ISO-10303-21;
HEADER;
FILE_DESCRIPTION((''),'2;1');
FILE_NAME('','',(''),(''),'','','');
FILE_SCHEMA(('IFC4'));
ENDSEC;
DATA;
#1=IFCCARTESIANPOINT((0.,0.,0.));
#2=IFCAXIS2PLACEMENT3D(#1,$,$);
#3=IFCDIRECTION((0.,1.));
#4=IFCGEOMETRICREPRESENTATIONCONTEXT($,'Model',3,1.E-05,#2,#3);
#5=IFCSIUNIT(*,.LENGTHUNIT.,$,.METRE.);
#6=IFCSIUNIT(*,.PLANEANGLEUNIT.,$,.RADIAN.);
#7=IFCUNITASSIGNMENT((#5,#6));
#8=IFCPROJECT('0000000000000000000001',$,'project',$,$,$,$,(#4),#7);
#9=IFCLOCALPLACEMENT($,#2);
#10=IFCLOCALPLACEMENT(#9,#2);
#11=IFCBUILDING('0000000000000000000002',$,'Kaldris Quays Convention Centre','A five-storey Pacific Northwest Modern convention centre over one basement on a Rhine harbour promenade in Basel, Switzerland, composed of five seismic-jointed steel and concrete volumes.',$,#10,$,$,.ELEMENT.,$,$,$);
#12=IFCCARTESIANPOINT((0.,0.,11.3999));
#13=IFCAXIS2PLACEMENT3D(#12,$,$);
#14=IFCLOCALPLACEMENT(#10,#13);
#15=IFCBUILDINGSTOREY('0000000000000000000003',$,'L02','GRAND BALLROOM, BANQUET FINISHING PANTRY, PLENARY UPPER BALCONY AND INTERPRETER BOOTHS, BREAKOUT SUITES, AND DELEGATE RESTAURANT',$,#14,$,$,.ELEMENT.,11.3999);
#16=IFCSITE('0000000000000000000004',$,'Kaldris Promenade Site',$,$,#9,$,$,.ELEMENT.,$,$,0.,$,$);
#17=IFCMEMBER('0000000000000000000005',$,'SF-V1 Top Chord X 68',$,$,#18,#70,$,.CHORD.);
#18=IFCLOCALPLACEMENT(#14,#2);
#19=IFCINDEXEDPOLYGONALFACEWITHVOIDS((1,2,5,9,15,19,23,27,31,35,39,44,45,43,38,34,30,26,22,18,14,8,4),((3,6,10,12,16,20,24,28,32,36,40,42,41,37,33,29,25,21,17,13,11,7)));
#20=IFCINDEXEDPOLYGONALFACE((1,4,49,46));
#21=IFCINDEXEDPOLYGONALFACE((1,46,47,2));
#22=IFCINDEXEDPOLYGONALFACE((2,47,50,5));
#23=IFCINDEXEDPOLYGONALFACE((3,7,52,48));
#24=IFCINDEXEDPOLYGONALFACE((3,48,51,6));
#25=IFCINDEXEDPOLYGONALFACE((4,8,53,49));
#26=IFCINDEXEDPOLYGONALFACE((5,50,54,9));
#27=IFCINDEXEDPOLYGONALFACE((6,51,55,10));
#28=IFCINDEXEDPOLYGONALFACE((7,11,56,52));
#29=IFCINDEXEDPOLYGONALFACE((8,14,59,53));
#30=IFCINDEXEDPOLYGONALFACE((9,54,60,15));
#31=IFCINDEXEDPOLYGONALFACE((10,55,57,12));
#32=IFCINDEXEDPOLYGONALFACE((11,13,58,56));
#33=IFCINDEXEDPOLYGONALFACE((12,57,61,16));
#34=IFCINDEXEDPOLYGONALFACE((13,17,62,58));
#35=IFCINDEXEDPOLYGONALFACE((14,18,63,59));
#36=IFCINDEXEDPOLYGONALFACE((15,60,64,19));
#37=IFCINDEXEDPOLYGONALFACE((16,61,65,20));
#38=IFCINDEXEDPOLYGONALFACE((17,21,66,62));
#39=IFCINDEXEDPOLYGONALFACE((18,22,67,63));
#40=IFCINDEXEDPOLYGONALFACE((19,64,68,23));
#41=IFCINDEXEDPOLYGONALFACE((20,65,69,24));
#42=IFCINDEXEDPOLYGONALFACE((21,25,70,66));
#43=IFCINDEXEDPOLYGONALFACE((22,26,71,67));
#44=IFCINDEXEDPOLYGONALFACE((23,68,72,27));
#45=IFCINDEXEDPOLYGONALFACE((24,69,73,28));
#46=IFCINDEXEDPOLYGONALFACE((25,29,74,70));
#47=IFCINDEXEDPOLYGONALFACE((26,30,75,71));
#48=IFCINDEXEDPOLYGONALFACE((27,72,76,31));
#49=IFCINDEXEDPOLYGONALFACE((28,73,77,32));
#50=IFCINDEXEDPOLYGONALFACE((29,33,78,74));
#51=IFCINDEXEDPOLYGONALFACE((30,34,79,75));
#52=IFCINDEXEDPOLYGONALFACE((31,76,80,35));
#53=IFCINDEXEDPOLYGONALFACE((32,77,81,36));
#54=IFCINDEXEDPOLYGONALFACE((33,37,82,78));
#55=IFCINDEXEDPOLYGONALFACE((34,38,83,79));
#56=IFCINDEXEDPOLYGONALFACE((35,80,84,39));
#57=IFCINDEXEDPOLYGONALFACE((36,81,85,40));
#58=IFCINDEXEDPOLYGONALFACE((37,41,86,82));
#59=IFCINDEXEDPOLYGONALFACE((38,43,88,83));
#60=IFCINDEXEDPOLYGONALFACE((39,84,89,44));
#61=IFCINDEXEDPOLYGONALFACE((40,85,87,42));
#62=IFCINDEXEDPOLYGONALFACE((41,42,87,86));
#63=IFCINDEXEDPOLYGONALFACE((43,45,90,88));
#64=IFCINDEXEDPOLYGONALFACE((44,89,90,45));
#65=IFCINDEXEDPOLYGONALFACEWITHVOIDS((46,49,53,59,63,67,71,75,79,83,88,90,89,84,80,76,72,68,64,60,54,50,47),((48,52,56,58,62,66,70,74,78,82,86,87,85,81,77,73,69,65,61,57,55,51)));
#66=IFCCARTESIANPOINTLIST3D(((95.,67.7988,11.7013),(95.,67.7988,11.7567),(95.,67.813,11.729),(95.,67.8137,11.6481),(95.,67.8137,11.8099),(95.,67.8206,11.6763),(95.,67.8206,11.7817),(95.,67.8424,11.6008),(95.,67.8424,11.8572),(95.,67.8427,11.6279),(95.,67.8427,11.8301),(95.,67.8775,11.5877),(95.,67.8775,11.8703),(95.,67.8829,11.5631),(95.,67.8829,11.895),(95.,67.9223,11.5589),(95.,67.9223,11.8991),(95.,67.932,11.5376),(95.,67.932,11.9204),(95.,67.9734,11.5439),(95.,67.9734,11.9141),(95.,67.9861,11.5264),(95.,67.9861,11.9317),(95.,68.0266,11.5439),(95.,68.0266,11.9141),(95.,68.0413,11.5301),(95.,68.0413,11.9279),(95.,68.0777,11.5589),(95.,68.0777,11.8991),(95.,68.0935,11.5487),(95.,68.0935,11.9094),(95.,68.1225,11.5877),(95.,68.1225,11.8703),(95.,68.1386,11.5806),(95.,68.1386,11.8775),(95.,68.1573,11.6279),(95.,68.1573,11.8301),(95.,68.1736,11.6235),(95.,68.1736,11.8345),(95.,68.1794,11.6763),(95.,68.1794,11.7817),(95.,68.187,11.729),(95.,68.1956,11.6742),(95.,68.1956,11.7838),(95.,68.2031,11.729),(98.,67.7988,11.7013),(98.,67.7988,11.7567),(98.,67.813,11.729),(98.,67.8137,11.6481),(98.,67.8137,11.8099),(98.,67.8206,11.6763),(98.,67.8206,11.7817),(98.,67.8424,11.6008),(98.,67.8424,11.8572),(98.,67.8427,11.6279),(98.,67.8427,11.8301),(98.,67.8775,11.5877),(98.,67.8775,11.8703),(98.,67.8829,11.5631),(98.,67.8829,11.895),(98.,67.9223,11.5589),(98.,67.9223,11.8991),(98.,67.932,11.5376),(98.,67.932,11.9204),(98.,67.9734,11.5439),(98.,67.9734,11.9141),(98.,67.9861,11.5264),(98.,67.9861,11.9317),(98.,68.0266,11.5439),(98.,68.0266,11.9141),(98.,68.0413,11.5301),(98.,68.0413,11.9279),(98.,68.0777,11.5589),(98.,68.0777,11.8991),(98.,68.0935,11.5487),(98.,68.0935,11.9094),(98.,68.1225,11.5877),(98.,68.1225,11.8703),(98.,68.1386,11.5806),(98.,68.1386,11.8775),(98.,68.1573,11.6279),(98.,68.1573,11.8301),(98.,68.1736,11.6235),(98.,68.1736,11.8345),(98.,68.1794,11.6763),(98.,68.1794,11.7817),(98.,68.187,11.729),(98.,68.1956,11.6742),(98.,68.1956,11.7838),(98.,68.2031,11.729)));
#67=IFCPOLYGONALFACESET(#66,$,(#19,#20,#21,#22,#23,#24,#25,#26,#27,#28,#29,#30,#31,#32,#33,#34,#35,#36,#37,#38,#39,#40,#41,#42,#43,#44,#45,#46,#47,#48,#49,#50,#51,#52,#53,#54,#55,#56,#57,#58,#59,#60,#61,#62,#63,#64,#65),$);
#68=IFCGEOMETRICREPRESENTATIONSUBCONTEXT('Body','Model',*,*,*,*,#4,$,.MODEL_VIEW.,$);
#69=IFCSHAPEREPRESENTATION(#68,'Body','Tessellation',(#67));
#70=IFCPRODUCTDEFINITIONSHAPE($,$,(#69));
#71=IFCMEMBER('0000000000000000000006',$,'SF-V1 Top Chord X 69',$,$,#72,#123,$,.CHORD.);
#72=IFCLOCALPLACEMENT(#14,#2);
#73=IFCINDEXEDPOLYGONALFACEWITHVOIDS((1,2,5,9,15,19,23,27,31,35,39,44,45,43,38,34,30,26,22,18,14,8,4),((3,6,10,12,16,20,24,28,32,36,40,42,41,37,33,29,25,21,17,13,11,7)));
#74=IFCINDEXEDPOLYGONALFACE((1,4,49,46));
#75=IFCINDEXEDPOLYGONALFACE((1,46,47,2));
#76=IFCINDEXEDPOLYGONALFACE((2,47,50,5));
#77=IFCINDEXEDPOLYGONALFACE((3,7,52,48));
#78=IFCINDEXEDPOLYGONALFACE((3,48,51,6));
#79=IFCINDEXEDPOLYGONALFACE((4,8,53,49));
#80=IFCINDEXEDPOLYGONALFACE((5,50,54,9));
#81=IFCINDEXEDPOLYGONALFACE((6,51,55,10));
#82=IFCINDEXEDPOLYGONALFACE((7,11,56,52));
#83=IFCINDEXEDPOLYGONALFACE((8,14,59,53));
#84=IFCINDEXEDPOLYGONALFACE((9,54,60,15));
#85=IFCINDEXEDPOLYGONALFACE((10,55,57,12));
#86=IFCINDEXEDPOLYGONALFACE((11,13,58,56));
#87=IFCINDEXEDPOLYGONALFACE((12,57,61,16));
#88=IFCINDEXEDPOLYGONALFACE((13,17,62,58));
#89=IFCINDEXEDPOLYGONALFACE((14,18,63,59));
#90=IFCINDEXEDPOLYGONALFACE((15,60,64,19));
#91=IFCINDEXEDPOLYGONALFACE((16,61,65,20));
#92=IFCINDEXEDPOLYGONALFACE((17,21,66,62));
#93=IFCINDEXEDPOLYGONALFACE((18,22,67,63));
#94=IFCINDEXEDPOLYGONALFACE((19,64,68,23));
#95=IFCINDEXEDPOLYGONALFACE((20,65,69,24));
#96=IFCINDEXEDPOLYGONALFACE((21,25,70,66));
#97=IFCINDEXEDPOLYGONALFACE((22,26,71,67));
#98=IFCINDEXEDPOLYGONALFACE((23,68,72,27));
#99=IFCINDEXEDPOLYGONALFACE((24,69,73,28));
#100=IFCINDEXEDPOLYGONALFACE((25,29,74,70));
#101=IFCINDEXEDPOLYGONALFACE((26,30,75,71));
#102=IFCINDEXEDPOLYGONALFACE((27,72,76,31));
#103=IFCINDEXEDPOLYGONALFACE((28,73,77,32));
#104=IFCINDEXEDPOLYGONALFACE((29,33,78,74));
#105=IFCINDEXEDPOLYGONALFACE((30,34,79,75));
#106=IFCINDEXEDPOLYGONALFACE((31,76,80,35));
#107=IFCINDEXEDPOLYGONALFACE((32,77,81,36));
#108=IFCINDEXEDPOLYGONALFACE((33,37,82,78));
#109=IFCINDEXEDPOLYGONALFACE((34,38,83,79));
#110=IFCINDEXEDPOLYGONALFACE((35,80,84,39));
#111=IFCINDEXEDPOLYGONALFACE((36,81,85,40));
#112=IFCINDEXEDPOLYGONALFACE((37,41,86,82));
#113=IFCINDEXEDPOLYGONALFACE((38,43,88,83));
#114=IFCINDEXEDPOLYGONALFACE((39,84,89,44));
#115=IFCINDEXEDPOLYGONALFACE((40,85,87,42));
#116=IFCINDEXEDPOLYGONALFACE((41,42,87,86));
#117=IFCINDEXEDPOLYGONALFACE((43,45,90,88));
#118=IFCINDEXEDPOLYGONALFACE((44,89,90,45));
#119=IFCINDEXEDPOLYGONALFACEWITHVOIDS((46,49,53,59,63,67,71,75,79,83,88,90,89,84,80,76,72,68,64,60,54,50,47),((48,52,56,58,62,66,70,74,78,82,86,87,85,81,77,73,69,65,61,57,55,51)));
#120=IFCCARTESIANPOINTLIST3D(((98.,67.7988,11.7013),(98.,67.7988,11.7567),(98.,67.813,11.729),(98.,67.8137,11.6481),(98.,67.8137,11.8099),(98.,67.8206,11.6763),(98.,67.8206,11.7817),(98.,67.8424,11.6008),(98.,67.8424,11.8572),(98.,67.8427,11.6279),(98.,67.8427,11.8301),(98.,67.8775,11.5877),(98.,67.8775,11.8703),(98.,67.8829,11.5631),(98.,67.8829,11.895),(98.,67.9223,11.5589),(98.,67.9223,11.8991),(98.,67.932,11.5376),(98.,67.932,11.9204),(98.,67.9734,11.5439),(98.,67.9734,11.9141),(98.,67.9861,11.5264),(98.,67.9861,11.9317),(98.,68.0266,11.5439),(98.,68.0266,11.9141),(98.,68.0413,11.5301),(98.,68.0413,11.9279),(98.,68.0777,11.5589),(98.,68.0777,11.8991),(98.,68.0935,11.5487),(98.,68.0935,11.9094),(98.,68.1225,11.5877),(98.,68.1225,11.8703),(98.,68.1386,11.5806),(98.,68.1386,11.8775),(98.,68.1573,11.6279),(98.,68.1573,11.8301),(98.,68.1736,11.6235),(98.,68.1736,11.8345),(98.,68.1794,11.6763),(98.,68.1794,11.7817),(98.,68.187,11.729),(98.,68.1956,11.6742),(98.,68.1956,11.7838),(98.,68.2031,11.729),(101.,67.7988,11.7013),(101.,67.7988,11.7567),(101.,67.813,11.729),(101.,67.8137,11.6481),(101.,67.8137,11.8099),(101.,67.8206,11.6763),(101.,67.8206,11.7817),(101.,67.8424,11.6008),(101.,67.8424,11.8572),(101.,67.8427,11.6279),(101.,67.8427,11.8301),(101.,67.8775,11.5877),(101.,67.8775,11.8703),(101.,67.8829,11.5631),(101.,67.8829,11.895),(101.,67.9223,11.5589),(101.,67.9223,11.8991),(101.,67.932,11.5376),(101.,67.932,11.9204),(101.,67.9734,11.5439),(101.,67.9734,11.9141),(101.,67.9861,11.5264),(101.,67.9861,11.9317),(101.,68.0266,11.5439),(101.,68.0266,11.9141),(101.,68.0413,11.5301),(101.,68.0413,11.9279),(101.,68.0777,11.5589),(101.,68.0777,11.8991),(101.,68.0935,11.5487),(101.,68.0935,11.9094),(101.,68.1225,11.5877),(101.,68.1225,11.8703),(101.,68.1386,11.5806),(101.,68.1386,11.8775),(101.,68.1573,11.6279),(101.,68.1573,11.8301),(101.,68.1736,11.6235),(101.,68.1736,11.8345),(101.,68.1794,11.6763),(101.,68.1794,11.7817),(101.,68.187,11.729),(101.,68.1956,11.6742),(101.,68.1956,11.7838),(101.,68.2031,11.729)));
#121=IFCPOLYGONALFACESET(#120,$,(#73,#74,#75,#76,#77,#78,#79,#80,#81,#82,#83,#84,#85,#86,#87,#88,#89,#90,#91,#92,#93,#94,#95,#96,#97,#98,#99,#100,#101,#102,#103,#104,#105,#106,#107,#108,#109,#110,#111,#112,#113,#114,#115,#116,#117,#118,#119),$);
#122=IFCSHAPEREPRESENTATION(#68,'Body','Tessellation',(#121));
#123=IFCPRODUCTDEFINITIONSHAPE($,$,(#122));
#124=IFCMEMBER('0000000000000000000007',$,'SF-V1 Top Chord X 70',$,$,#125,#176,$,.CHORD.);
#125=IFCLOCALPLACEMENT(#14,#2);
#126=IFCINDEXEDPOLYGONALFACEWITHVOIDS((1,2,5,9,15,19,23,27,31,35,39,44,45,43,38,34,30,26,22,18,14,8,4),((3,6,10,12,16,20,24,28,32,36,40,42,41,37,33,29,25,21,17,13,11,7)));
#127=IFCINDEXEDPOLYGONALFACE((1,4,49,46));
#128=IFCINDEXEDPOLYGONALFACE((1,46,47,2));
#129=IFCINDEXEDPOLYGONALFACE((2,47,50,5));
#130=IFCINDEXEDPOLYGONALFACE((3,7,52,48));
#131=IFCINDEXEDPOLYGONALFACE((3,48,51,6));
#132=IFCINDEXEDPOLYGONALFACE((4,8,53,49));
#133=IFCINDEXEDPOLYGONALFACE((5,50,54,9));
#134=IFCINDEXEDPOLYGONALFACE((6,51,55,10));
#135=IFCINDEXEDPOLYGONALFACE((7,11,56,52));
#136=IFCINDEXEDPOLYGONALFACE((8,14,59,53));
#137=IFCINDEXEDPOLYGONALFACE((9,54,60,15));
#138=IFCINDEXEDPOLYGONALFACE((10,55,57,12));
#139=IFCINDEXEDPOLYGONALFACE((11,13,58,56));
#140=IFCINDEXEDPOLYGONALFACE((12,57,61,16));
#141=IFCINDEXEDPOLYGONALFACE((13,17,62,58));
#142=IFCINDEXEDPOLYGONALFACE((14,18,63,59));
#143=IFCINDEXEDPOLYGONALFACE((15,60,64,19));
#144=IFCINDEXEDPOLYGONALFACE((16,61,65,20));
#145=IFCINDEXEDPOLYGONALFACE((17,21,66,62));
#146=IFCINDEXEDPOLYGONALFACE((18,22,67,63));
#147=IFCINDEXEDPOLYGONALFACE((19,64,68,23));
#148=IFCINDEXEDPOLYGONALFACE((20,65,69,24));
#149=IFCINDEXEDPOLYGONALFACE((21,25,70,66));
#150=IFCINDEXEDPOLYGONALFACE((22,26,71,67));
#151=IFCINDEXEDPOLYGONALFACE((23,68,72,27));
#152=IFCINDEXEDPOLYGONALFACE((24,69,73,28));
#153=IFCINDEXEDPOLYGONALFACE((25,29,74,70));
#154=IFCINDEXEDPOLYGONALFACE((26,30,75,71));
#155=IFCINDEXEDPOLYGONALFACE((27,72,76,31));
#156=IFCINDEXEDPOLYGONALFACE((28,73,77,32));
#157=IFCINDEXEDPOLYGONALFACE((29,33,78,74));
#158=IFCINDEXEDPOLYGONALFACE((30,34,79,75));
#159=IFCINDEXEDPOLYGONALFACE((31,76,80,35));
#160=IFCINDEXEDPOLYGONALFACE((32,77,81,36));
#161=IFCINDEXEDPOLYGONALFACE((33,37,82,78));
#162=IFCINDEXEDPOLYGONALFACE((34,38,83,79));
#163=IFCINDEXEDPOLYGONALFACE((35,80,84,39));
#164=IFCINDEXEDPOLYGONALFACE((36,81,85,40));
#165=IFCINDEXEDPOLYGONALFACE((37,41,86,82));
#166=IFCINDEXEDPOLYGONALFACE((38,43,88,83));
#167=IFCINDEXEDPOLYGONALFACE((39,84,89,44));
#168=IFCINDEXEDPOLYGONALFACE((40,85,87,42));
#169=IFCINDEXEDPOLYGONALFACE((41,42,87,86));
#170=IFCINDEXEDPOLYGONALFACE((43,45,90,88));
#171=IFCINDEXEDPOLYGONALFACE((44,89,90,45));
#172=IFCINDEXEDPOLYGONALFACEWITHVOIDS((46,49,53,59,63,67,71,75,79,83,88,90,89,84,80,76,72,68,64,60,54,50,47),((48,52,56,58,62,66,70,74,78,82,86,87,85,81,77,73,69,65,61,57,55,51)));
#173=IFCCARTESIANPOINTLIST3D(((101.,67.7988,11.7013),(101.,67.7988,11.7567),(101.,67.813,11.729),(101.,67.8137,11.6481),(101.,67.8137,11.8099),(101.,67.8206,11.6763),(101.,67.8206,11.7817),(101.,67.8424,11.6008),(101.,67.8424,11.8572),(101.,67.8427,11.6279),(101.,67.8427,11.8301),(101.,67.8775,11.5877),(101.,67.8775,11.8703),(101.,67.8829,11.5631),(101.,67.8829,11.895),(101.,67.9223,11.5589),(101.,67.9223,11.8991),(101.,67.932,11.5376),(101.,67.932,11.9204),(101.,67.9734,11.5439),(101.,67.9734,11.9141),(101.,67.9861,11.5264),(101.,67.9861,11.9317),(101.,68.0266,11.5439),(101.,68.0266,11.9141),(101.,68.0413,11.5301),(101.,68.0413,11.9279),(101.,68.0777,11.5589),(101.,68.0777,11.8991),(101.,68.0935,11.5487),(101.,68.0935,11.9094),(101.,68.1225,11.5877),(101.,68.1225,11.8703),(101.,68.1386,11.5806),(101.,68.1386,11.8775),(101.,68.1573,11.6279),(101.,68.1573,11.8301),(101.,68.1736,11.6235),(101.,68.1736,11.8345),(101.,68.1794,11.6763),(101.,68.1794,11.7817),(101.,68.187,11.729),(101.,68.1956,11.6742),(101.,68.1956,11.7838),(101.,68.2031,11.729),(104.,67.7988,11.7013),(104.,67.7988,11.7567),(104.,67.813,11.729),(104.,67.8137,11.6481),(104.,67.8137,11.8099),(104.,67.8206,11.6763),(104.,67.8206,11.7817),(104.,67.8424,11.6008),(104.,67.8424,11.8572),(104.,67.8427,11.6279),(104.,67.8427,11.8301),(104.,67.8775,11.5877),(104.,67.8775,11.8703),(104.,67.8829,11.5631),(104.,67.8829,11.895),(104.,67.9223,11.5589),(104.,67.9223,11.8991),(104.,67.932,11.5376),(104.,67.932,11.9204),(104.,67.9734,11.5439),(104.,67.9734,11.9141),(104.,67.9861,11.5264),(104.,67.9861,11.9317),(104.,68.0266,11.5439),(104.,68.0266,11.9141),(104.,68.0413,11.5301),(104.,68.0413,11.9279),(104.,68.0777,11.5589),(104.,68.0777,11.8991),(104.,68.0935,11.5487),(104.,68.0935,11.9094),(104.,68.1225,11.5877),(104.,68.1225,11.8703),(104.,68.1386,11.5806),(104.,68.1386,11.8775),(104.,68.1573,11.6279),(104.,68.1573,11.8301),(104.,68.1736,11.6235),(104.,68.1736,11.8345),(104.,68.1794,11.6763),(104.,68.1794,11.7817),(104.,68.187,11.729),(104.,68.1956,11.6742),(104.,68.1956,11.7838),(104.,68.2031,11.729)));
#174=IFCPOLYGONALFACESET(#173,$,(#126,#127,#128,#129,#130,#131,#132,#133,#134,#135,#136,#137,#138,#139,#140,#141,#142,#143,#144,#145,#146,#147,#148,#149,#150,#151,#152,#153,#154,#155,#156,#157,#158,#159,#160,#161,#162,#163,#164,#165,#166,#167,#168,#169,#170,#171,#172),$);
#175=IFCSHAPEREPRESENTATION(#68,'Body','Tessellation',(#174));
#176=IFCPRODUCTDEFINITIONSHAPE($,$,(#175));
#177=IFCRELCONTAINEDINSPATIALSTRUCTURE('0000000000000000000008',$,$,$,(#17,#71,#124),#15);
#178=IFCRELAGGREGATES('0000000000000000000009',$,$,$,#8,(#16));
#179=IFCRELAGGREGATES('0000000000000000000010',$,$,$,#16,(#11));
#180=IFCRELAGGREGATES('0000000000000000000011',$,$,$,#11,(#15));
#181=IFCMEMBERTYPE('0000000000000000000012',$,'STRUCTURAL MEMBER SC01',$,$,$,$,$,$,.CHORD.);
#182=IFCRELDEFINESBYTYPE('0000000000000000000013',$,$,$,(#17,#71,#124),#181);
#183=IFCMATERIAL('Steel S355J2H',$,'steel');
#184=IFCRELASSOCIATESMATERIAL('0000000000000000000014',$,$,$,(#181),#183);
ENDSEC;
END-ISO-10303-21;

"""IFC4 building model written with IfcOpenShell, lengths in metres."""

from ifc_helpers import new_model, si_unit, direction, frame, origin, origin_2d, place, context, subcontext, project, spatial, hollow_circle, extrude, material, material_profile, profile_set, type_object, element, save


model = new_model("IFC4")

# Units and contexts
model_context = context("Model", 3, precision=1e-05, world=origin(), true_north=direction((0.0, 1.0)))
body_context = subcontext(model_context, "Body", "Model", "MODEL_VIEW")
ifc_project = project(units=[si_unit("LENGTHUNIT", "METRE"), si_unit("PLANEANGLEUNIT", "RADIAN")], contexts=[model_context])

# Site, building, storey
site_placement = place(None, origin())
site = spatial("IfcSite", under=ifc_project, at=site_placement, Name="Kaldris Promenade Site", CompositionType="ELEMENT", RefElevation=0.0)
building_placement = place(site_placement, origin())
building = spatial("IfcBuilding", under=site, at=building_placement, Name="Kaldris Quays Convention Centre", Description="A five-storey Pacific Northwest Modern convention centre over one basement on a Rhine harbour promenade in Basel, Switzerland, composed of five seismic-jointed steel and concrete volumes.", CompositionType="ELEMENT")
storey_placement = place(building_placement, frame((0.0, 0.0, 11.3999)))
storey = spatial("IfcBuildingStorey", under=building, at=storey_placement, Name="L02", Description="GRAND BALLROOM, BANQUET FINISHING PANTRY, PLENARY UPPER BALCONY AND INTERPRETER BOOTHS, BREAKOUT SUITES, AND DELEGATE RESTAURANT", CompositionType="ELEMENT", Elevation=11.3999)

# Members
ifc_material_1 = material(Name="Steel S355J2H", Category="steel")
ifc_material_profile_1 = material_profile(ifc_material_1, hollow_circle(Radius=0.2031, WallThickness=0.0161, at=origin_2d()), Name="CHS 406.4x16")
ifc_profile_set_1 = profile_set([ifc_material_profile_1], Name="Steel S355J2H")
member_type_1 = type_object("IfcMemberType", Name="STRUCTURAL MEMBER SC01", PredefinedType="CHORD", material=ifc_profile_set_1)
for number, where, z_axis, x_axis, name in (
    (1, (95.0, 68.0, 11.729), (1.0, 0.0, 0.0), (0.0, 1.0, 0.0), "SF-V1 Top Chord X 68"),
    (2, (98.0, 68.0, 11.729), (1.0, 0.0, 0.0), (0.0, 1.0, 0.0), "SF-V1 Top Chord X 69"),
    (3, (101.0, 68.0, 11.729), (1.0, 0.0, 0.0), (0.0, 1.0, 0.0), "SF-V1 Top Chord X 70"),
):
    element("IfcMember", number, at=place(storey_placement, frame(where, z_axis=z_axis, x_axis=x_axis)), inside=storey, type_object=member_type_1, Name=name, PredefinedType="CHORD", context=body_context, shape_type="SweptSolid", body=[
        extrude(hollow_circle(Radius=0.2031, WallThickness=0.0161, at=origin_2d()), origin(), (0.0, 0.0, 1.0), 3.0),
    ])

save(model, "model.ifc")
